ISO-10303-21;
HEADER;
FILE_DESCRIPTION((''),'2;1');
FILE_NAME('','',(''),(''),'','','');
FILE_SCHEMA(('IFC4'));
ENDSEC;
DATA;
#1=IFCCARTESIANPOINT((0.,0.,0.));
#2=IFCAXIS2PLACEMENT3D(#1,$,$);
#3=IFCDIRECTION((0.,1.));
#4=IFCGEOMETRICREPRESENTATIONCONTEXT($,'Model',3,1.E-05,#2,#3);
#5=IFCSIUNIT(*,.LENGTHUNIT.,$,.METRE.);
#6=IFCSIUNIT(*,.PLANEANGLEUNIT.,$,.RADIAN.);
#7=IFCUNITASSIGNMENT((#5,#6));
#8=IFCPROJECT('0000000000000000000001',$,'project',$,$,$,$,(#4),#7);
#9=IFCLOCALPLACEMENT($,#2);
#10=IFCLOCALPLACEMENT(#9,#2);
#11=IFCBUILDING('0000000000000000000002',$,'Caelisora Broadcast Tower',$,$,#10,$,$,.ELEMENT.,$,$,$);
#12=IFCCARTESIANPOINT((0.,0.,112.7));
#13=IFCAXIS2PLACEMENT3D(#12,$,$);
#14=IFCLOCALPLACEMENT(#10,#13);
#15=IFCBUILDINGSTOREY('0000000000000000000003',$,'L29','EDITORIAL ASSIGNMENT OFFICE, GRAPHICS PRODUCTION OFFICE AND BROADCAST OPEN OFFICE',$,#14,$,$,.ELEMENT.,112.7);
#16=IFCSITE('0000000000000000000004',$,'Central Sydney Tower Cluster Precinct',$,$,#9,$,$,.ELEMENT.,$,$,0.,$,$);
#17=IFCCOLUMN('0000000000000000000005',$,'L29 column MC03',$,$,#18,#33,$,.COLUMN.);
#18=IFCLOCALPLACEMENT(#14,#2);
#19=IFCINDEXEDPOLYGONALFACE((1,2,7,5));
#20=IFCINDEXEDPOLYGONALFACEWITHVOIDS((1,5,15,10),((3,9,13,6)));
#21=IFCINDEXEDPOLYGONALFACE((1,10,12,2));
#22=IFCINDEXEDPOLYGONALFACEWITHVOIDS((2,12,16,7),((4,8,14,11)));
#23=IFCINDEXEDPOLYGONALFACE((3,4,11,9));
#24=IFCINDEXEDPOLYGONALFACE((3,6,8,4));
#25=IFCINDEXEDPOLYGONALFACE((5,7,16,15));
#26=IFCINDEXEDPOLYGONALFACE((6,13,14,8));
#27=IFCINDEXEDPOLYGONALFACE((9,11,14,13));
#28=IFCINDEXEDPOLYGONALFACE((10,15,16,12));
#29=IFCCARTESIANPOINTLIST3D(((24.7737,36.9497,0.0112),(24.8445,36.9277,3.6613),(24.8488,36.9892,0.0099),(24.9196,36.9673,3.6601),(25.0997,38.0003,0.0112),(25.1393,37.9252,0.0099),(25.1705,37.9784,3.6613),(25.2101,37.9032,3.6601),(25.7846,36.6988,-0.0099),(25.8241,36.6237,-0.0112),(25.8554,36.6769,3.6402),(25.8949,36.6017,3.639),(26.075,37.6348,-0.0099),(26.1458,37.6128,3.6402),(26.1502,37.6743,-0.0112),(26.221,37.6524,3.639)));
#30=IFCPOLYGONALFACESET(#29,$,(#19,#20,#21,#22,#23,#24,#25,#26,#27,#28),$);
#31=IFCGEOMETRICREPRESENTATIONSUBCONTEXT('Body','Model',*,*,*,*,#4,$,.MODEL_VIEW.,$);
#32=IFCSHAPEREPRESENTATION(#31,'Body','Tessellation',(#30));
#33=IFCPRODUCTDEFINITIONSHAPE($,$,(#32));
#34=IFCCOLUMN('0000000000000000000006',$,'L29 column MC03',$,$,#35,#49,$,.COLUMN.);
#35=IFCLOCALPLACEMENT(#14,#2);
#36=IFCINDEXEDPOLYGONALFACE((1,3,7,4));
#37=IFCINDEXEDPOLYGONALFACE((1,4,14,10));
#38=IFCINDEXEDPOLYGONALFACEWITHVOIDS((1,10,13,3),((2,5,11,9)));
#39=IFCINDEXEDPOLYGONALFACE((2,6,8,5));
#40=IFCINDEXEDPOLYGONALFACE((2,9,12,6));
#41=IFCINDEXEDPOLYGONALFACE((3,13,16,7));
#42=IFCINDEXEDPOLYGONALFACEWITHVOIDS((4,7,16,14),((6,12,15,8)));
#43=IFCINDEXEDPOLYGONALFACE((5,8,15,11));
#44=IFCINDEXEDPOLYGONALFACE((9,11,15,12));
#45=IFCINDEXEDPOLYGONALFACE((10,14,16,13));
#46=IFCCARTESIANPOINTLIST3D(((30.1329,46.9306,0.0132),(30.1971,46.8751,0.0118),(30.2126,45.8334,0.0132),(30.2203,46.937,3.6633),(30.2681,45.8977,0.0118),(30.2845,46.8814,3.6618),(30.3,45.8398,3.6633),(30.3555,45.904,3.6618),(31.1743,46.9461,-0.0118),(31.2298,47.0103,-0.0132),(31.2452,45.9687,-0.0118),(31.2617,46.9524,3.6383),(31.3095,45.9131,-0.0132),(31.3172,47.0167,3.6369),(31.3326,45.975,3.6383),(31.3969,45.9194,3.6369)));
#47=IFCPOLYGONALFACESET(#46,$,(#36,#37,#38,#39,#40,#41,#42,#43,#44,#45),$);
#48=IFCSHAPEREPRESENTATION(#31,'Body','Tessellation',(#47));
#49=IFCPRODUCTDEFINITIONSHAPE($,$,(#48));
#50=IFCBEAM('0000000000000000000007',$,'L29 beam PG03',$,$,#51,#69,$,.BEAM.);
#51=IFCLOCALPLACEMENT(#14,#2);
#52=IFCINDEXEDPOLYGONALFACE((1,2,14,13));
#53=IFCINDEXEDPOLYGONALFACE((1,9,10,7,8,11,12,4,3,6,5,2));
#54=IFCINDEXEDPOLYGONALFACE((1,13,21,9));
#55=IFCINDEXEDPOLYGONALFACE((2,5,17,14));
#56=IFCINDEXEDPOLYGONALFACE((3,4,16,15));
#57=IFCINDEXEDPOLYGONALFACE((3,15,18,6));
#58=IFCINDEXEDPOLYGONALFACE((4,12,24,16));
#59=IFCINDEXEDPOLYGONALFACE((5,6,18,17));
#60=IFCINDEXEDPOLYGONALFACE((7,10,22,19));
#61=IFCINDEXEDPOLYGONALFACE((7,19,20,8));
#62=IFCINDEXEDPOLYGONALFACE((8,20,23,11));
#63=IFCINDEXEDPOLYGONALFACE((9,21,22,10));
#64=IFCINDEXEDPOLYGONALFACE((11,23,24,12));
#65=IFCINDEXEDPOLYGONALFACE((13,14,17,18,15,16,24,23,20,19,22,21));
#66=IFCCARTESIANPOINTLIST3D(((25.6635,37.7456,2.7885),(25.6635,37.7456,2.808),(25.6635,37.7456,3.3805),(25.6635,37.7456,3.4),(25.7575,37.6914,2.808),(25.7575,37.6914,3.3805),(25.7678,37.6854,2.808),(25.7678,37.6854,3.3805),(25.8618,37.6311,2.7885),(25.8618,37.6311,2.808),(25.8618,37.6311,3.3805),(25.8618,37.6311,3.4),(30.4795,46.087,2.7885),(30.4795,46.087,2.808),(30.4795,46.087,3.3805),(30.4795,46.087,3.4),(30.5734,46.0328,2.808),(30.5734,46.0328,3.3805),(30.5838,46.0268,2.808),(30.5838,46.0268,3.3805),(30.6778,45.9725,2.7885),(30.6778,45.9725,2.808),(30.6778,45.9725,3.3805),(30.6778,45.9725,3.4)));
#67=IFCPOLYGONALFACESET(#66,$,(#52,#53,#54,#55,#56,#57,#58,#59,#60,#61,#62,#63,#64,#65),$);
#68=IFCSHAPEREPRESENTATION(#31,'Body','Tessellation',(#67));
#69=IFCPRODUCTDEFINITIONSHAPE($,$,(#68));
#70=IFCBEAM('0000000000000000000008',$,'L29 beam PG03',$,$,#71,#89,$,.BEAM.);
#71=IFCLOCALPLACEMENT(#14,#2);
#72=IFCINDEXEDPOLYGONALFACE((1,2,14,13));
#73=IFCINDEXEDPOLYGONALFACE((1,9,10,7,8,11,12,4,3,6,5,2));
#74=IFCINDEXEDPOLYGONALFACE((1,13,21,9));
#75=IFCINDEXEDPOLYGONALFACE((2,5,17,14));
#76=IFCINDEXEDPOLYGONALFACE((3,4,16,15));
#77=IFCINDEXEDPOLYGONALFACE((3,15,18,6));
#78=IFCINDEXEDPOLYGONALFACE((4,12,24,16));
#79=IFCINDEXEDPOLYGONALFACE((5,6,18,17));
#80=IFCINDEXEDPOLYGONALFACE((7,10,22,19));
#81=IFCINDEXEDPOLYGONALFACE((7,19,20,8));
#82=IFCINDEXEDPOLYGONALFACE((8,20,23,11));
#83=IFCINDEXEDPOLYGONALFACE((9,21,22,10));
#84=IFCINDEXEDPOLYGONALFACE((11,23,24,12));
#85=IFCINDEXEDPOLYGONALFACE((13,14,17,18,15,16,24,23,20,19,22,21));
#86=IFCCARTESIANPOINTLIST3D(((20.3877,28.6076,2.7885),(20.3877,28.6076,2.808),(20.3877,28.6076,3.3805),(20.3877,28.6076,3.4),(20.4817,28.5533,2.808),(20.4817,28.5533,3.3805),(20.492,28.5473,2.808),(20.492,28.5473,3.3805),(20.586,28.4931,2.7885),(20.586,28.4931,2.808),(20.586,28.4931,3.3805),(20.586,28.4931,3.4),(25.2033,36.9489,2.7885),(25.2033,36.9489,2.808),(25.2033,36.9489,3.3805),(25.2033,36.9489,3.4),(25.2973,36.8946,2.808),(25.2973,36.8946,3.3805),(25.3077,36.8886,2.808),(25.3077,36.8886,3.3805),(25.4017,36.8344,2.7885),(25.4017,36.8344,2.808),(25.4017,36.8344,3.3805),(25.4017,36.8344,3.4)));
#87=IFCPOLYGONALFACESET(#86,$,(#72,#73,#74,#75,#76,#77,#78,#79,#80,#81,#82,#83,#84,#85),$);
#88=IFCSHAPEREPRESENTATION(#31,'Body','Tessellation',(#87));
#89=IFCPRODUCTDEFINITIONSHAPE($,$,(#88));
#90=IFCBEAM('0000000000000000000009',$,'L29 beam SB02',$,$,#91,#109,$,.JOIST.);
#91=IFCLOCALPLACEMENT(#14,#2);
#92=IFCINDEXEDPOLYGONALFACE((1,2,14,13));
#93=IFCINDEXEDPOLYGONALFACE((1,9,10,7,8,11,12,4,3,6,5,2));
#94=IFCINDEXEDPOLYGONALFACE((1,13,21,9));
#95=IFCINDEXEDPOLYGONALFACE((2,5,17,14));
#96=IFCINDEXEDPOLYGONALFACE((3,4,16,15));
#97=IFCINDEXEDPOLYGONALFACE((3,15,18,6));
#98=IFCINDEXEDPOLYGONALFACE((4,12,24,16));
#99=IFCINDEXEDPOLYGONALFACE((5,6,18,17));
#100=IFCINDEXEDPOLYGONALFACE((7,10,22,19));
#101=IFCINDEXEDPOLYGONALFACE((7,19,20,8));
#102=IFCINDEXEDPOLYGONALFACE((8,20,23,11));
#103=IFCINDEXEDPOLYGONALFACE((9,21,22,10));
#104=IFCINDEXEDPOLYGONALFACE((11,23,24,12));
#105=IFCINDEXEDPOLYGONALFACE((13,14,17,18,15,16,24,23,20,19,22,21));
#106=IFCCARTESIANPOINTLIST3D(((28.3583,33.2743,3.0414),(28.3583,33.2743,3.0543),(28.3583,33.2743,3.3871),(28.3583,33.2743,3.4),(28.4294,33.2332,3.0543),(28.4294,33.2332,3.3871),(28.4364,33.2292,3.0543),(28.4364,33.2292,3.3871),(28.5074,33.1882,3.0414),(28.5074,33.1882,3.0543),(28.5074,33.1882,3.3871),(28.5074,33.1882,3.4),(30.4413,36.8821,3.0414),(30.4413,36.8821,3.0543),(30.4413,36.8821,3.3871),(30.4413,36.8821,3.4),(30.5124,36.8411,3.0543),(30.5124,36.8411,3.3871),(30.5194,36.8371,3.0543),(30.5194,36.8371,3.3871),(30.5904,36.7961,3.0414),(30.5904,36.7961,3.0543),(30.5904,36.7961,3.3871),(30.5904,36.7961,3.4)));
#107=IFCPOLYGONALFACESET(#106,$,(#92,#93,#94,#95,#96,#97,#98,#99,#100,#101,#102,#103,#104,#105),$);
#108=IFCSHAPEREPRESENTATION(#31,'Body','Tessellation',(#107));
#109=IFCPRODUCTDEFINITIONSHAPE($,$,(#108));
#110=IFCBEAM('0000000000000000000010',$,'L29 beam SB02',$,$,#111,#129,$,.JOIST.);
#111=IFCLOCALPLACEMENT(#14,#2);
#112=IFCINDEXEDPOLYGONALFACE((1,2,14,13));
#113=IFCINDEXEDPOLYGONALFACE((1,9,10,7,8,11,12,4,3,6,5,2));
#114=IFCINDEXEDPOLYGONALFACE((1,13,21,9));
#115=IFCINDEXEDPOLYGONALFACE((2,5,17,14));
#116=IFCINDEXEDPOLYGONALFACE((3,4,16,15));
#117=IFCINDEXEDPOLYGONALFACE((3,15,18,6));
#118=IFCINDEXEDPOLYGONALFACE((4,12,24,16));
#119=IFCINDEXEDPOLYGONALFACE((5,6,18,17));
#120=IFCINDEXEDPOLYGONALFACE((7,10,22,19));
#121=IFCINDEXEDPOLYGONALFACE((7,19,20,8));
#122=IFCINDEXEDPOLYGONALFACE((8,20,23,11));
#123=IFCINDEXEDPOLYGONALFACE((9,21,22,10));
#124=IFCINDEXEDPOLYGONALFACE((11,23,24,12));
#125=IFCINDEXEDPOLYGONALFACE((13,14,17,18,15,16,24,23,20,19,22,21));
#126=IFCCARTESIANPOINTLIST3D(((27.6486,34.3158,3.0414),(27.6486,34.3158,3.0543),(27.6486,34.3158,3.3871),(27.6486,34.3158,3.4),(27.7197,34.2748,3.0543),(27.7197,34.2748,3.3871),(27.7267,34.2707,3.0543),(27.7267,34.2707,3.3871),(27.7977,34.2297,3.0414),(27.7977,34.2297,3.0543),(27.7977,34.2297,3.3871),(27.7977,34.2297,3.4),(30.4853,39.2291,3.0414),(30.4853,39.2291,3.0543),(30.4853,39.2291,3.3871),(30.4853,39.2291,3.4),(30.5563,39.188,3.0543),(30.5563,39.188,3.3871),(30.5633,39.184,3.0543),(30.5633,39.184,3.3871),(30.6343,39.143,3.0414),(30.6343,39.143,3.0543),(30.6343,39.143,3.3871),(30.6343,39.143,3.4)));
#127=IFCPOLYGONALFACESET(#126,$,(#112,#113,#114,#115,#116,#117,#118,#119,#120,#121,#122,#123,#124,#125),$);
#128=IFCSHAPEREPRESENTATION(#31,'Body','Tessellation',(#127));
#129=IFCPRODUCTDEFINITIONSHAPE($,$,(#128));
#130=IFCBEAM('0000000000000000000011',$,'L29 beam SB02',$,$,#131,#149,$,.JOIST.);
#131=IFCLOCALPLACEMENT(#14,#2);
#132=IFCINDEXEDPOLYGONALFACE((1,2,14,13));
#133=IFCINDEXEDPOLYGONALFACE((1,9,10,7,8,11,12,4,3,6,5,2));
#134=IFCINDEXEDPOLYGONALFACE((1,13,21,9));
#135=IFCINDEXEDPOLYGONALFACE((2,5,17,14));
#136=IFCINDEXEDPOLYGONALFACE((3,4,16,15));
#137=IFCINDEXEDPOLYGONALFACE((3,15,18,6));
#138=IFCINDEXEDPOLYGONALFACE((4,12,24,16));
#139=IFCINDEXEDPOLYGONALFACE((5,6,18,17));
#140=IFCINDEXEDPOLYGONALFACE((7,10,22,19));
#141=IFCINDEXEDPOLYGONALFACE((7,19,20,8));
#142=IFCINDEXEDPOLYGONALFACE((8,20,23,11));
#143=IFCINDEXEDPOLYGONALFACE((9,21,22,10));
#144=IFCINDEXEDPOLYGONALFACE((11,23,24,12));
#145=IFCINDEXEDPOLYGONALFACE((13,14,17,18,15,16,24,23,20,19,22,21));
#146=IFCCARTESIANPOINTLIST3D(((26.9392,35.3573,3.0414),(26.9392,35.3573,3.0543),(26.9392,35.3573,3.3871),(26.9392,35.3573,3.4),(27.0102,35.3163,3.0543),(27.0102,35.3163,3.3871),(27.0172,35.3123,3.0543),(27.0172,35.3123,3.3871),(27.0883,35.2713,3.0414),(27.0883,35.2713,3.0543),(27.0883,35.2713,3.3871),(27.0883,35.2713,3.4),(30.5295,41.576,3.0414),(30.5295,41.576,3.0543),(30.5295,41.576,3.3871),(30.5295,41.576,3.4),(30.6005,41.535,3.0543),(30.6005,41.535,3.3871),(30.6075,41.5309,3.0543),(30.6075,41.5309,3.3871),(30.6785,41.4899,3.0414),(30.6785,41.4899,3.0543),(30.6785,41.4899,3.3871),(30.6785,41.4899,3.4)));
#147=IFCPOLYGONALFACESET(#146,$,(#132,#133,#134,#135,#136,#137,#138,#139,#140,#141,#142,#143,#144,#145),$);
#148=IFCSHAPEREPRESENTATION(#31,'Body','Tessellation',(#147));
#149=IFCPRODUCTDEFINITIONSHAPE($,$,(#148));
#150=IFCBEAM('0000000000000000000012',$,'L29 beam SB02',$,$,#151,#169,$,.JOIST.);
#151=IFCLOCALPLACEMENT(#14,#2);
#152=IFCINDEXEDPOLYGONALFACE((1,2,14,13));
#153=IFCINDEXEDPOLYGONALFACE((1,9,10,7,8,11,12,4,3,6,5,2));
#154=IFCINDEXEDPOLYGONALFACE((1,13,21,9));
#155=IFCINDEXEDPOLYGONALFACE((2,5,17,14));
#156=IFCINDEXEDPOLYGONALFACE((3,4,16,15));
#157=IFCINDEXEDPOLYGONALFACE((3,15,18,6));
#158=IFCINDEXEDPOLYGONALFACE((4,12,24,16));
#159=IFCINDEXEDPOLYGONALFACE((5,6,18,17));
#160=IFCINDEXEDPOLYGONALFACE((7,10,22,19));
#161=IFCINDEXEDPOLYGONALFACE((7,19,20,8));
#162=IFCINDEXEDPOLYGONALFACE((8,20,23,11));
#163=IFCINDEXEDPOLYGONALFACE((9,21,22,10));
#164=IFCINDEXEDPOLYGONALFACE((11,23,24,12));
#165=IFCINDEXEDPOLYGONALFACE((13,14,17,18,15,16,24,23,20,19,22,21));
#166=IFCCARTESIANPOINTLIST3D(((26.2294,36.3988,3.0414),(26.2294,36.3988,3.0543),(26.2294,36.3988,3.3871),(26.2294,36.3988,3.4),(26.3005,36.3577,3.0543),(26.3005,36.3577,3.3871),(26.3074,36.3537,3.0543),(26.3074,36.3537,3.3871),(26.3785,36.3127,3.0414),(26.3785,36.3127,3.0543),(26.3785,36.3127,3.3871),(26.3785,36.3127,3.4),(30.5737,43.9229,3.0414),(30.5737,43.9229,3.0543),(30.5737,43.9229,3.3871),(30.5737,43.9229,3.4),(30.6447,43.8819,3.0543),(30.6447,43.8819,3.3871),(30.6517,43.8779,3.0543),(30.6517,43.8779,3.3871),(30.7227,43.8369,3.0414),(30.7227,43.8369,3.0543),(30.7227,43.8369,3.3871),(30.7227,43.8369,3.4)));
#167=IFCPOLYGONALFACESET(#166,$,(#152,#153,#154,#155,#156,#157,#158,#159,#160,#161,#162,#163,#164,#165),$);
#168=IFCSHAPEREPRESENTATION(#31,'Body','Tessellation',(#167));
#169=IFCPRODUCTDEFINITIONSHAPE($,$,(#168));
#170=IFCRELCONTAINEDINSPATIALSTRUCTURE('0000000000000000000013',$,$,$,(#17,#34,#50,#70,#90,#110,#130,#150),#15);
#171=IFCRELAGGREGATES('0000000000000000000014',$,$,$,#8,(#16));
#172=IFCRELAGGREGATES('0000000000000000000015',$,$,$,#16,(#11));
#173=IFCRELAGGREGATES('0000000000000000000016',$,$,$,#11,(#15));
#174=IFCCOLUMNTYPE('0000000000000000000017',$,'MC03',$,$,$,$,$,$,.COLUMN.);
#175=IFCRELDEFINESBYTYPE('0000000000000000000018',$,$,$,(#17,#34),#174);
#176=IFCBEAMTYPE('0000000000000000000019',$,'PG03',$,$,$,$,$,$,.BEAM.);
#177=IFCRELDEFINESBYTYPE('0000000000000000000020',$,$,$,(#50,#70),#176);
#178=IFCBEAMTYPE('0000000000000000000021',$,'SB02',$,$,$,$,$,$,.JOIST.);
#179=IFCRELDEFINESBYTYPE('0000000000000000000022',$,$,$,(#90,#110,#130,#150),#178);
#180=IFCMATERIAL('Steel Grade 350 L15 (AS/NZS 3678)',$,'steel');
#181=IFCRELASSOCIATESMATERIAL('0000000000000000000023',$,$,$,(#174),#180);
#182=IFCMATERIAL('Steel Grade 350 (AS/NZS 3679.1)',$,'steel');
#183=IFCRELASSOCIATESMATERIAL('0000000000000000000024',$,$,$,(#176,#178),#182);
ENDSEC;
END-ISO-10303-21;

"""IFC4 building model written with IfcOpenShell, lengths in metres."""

from ifc_helpers import new_model, si_unit, direction, frame, origin, origin_2d, place, context, subcontext, project, spatial, hollow_rectangle, i_section, extrude, source, transform, mapped, material, material_profile, profile_set, type_object, type_shapes, element, save


model = new_model("IFC4")

# Units and contexts
model_context = context("Model", 3, precision=1e-05, world=origin(), true_north=direction((0.0, 1.0)))
body_context = subcontext(model_context, "Body", "Model", "MODEL_VIEW")
ifc_project = project(units=[si_unit("LENGTHUNIT", "METRE"), si_unit("PLANEANGLEUNIT", "RADIAN")], contexts=[model_context])

# Site, building, storey
site_placement = place(None, origin())
site = spatial("IfcSite", under=ifc_project, at=site_placement, Name="Central Sydney Tower Cluster Precinct", CompositionType="ELEMENT", RefElevation=0.0)
building_placement = place(site_placement, origin())
building = spatial("IfcBuilding", under=site, at=building_placement, Name="Caelisora Broadcast Tower", CompositionType="ELEMENT")
storey_placement = place(building_placement, frame((0.0, 0.0, 112.7)))
storey = spatial("IfcBuildingStorey", under=building, at=storey_placement, Name="L29", Description="EDITORIAL ASSIGNMENT OFFICE, GRAPHICS PRODUCTION OFFICE AND BROADCAST OPEN OFFICE", CompositionType="ELEMENT", Elevation=112.7)

# Columns
ifc_material_1 = material(Name="Steel Grade 350 L15 (AS/NZS 3678)", Category="steel")
ifc_material_profile_1 = material_profile(ifc_material_1, hollow_rectangle(XDim=1.1001, YDim=1.1001, WallThickness=0.0601, at=origin_2d()), Name="Steel Grade 350 L15 (AS/NZS 3678)")
ifc_profile_set_1 = profile_set([ifc_material_profile_1], Name="Steel Grade 350 L15 (AS/NZS 3678)")
column_type = type_object("IfcColumnType", Name="MC03", PredefinedType="COLUMN", material=ifc_profile_set_1)
shared_shape_1 = source(origin(), body_context, "Body", "SweptSolid", [
    extrude(hollow_rectangle(XDim=1.1001, YDim=1.1001, WallThickness=0.0601, at=origin_2d()), origin(), (0.0, 0.0, 1.0), 3.6509),
])
column_1_placement = place(storey_placement, frame((25.4619, 37.312, 0.0), z_axis=(0.019393, -0.006018, 0.999794), x_axis=(0.296399, 0.955064, 0.0)))
element("IfcColumn", 1, at=column_1_placement, inside=storey, type_object=column_type, Name="L29 column MC03", PredefinedType="COLUMN", context=body_context, shape_type="MappedRepresentation", body=[
    mapped(shared_shape_1, transform((0.0, 0.0, 0.0), scale=1.0)),
])
shared_shape_2 = source(origin(), body_context, "Body", "SweptSolid", [
    extrude(hollow_rectangle(XDim=1.1001, YDim=1.1001, WallThickness=0.0601, at=origin_2d()), origin(), (0.0, 0.0, 1.0), 3.6511),
])
type_shapes(column_type, [shared_shape_1, shared_shape_2])
column_2_placement = place(storey_placement, frame((30.7212, 46.4219, 0.0), z_axis=(0.023938, 0.001739, 0.999712), x_axis=(-0.072435, 0.997373, 0.0)))
element("IfcColumn", 2, at=column_2_placement, inside=storey, type_object=column_type, Name="L29 column MC03", PredefinedType="COLUMN", context=body_context, shape_type="MappedRepresentation", body=[
    mapped(shared_shape_2, transform((0.0, 0.0, 0.0), scale=1.0)),
])

# Beams
ifc_material_2 = material(Name="Steel Grade 350 (AS/NZS 3679.1)", Category="steel")
ifc_material_profile_2 = material_profile(ifc_material_2, i_section(OverallWidth=0.229, OverallDepth=0.6116, WebThickness=0.012, FlangeThickness=0.0195, at=origin_2d()), Name="Steel Grade 350 (AS/NZS 3679.1)")
ifc_profile_set_2 = profile_set([ifc_material_profile_2], Name="Steel Grade 350 (AS/NZS 3679.1)")
beam_type_1 = type_object("IfcBeamType", Name="PG03", PredefinedType="BEAM", material=ifc_profile_set_2)
shared_shape_3 = source(origin(), body_context, "Body", "SweptSolid", [
    extrude(i_section(OverallWidth=0.229, OverallDepth=0.6116, WebThickness=0.012, FlangeThickness=0.0195, at=origin_2d()), origin(), (0.0, 0.0, 1.0), 9.6318),
])
beam_1_placement = place(storey_placement, frame((30.5786, 46.0298, 3.0942), z_axis=(-0.500005, -0.866023, 0.0), x_axis=(0.866023, -0.500005, 0.0)))
element("IfcBeam", 3, at=beam_1_placement, inside=storey, type_object=beam_type_1, Name="L29 beam PG03", PredefinedType="BEAM", context=body_context, shape_type="MappedRepresentation", body=[
    mapped(shared_shape_3, transform((0.0, 0.0, 0.0), scale=1.0)),
])
shared_shape_4 = source(origin(), body_context, "Body", "SweptSolid", [
    extrude(i_section(OverallWidth=0.229, OverallDepth=0.6116, WebThickness=0.012, FlangeThickness=0.0195, at=origin_2d()), origin(), (0.0, 0.0, 1.0), 9.6316),
])
type_shapes(beam_type_1, [shared_shape_3, shared_shape_4])
beam_2_placement = place(storey_placement, frame((25.3025, 36.8916, 3.0942), z_axis=(-0.499986, -0.866034, 0.0), x_axis=(0.866034, -0.499986, 0.0)))
element("IfcBeam", 4, at=beam_2_placement, inside=storey, type_object=beam_type_1, Name="L29 beam PG03", PredefinedType="BEAM", context=body_context, shape_type="MappedRepresentation", body=[
    mapped(shared_shape_4, transform((0.0, 0.0, 0.0), scale=1.0)),
])
ifc_material_profile_3 = material_profile(ifc_material_2, i_section(OverallWidth=0.1721, OverallDepth=0.3586, WebThickness=0.0081, FlangeThickness=0.0129, at=origin_2d()), Name="Steel Grade 350 (AS/NZS 3679.1)")
ifc_profile_set_3 = profile_set([ifc_material_profile_3], Name="Steel Grade 350 (AS/NZS 3679.1)")
beam_type_2 = type_object("IfcBeamType", Name="SB02", PredefinedType="JOIST", material=ifc_profile_set_3)
shared_shape_5 = source(origin(), body_context, "Body", "SweptSolid", [
    extrude(i_section(OverallWidth=0.1721, OverallDepth=0.3586, WebThickness=0.0081, FlangeThickness=0.0129, at=origin_2d()), origin(), (0.0, 0.0, 1.0), 4.166),
])
beam_3_placement = place(storey_placement, frame((30.5159, 36.8391, 3.2207), z_axis=(-0.499996, -0.866027, 0.0), x_axis=(0.866027, -0.499996, 0.0)))
element("IfcBeam", 5, at=beam_3_placement, inside=storey, type_object=beam_type_2, Name="L29 beam SB02", PredefinedType="JOIST", context=body_context, shape_type="MappedRepresentation", body=[
    mapped(shared_shape_5, transform((0.0, 0.0, 0.0), scale=1.0)),
])
shared_shape_6 = source(origin(), body_context, "Body", "SweptSolid", [
    extrude(i_section(OverallWidth=0.1721, OverallDepth=0.3586, WebThickness=0.0081, FlangeThickness=0.0129, at=origin_2d()), origin(), (0.0, 0.0, 1.0), 5.6733),
])
beam_4_placement = place(storey_placement, frame((30.5598, 39.186, 3.2207), z_axis=(-0.499994, -0.866029, 0.0), x_axis=(0.866029, -0.499994, 0.0)))
element("IfcBeam", 6, at=beam_4_placement, inside=storey, type_object=beam_type_2, Name="L29 beam SB02", PredefinedType="JOIST", context=body_context, shape_type="MappedRepresentation", body=[
    mapped(shared_shape_6, transform((0.0, 0.0, 0.0), scale=1.0)),
])
shared_shape_7 = source(origin(), body_context, "Body", "SweptSolid", [
    extrude(i_section(OverallWidth=0.1721, OverallDepth=0.3586, WebThickness=0.0081, FlangeThickness=0.0129, at=origin_2d()), origin(), (0.0, 0.0, 1.0), 7.1807),
])
beam_5_placement = place(storey_placement, frame((30.604, 41.533, 3.2207), z_axis=(-0.499993, -0.866029, 0.0), x_axis=(0.866029, -0.499993, 0.0)))
element("IfcBeam", 7, at=beam_5_placement, inside=storey, type_object=beam_type_2, Name="L29 beam SB02", PredefinedType="JOIST", context=body_context, shape_type="MappedRepresentation", body=[
    mapped(shared_shape_7, transform((0.0, 0.0, 0.0), scale=1.0)),
])
shared_shape_8 = source(origin(), body_context, "Body", "SweptSolid", [
    extrude(i_section(OverallWidth=0.1721, OverallDepth=0.3586, WebThickness=0.0081, FlangeThickness=0.0129, at=origin_2d()), origin(), (0.0, 0.0, 1.0), 8.6882),
])
type_shapes(beam_type_2, [shared_shape_5, shared_shape_6, shared_shape_7, shared_shape_8])
beam_6_placement = place(storey_placement, frame((30.6482, 43.8799, 3.2207), z_axis=(-0.500014, -0.866018, 0.0), x_axis=(0.866018, -0.500014, 0.0)))
element("IfcBeam", 8, at=beam_6_placement, inside=storey, type_object=beam_type_2, Name="L29 beam SB02", PredefinedType="JOIST", context=body_context, shape_type="MappedRepresentation", body=[
    mapped(shared_shape_8, transform((0.0, 0.0, 0.0), scale=1.0)),
])

save(model, "model.ifc")
